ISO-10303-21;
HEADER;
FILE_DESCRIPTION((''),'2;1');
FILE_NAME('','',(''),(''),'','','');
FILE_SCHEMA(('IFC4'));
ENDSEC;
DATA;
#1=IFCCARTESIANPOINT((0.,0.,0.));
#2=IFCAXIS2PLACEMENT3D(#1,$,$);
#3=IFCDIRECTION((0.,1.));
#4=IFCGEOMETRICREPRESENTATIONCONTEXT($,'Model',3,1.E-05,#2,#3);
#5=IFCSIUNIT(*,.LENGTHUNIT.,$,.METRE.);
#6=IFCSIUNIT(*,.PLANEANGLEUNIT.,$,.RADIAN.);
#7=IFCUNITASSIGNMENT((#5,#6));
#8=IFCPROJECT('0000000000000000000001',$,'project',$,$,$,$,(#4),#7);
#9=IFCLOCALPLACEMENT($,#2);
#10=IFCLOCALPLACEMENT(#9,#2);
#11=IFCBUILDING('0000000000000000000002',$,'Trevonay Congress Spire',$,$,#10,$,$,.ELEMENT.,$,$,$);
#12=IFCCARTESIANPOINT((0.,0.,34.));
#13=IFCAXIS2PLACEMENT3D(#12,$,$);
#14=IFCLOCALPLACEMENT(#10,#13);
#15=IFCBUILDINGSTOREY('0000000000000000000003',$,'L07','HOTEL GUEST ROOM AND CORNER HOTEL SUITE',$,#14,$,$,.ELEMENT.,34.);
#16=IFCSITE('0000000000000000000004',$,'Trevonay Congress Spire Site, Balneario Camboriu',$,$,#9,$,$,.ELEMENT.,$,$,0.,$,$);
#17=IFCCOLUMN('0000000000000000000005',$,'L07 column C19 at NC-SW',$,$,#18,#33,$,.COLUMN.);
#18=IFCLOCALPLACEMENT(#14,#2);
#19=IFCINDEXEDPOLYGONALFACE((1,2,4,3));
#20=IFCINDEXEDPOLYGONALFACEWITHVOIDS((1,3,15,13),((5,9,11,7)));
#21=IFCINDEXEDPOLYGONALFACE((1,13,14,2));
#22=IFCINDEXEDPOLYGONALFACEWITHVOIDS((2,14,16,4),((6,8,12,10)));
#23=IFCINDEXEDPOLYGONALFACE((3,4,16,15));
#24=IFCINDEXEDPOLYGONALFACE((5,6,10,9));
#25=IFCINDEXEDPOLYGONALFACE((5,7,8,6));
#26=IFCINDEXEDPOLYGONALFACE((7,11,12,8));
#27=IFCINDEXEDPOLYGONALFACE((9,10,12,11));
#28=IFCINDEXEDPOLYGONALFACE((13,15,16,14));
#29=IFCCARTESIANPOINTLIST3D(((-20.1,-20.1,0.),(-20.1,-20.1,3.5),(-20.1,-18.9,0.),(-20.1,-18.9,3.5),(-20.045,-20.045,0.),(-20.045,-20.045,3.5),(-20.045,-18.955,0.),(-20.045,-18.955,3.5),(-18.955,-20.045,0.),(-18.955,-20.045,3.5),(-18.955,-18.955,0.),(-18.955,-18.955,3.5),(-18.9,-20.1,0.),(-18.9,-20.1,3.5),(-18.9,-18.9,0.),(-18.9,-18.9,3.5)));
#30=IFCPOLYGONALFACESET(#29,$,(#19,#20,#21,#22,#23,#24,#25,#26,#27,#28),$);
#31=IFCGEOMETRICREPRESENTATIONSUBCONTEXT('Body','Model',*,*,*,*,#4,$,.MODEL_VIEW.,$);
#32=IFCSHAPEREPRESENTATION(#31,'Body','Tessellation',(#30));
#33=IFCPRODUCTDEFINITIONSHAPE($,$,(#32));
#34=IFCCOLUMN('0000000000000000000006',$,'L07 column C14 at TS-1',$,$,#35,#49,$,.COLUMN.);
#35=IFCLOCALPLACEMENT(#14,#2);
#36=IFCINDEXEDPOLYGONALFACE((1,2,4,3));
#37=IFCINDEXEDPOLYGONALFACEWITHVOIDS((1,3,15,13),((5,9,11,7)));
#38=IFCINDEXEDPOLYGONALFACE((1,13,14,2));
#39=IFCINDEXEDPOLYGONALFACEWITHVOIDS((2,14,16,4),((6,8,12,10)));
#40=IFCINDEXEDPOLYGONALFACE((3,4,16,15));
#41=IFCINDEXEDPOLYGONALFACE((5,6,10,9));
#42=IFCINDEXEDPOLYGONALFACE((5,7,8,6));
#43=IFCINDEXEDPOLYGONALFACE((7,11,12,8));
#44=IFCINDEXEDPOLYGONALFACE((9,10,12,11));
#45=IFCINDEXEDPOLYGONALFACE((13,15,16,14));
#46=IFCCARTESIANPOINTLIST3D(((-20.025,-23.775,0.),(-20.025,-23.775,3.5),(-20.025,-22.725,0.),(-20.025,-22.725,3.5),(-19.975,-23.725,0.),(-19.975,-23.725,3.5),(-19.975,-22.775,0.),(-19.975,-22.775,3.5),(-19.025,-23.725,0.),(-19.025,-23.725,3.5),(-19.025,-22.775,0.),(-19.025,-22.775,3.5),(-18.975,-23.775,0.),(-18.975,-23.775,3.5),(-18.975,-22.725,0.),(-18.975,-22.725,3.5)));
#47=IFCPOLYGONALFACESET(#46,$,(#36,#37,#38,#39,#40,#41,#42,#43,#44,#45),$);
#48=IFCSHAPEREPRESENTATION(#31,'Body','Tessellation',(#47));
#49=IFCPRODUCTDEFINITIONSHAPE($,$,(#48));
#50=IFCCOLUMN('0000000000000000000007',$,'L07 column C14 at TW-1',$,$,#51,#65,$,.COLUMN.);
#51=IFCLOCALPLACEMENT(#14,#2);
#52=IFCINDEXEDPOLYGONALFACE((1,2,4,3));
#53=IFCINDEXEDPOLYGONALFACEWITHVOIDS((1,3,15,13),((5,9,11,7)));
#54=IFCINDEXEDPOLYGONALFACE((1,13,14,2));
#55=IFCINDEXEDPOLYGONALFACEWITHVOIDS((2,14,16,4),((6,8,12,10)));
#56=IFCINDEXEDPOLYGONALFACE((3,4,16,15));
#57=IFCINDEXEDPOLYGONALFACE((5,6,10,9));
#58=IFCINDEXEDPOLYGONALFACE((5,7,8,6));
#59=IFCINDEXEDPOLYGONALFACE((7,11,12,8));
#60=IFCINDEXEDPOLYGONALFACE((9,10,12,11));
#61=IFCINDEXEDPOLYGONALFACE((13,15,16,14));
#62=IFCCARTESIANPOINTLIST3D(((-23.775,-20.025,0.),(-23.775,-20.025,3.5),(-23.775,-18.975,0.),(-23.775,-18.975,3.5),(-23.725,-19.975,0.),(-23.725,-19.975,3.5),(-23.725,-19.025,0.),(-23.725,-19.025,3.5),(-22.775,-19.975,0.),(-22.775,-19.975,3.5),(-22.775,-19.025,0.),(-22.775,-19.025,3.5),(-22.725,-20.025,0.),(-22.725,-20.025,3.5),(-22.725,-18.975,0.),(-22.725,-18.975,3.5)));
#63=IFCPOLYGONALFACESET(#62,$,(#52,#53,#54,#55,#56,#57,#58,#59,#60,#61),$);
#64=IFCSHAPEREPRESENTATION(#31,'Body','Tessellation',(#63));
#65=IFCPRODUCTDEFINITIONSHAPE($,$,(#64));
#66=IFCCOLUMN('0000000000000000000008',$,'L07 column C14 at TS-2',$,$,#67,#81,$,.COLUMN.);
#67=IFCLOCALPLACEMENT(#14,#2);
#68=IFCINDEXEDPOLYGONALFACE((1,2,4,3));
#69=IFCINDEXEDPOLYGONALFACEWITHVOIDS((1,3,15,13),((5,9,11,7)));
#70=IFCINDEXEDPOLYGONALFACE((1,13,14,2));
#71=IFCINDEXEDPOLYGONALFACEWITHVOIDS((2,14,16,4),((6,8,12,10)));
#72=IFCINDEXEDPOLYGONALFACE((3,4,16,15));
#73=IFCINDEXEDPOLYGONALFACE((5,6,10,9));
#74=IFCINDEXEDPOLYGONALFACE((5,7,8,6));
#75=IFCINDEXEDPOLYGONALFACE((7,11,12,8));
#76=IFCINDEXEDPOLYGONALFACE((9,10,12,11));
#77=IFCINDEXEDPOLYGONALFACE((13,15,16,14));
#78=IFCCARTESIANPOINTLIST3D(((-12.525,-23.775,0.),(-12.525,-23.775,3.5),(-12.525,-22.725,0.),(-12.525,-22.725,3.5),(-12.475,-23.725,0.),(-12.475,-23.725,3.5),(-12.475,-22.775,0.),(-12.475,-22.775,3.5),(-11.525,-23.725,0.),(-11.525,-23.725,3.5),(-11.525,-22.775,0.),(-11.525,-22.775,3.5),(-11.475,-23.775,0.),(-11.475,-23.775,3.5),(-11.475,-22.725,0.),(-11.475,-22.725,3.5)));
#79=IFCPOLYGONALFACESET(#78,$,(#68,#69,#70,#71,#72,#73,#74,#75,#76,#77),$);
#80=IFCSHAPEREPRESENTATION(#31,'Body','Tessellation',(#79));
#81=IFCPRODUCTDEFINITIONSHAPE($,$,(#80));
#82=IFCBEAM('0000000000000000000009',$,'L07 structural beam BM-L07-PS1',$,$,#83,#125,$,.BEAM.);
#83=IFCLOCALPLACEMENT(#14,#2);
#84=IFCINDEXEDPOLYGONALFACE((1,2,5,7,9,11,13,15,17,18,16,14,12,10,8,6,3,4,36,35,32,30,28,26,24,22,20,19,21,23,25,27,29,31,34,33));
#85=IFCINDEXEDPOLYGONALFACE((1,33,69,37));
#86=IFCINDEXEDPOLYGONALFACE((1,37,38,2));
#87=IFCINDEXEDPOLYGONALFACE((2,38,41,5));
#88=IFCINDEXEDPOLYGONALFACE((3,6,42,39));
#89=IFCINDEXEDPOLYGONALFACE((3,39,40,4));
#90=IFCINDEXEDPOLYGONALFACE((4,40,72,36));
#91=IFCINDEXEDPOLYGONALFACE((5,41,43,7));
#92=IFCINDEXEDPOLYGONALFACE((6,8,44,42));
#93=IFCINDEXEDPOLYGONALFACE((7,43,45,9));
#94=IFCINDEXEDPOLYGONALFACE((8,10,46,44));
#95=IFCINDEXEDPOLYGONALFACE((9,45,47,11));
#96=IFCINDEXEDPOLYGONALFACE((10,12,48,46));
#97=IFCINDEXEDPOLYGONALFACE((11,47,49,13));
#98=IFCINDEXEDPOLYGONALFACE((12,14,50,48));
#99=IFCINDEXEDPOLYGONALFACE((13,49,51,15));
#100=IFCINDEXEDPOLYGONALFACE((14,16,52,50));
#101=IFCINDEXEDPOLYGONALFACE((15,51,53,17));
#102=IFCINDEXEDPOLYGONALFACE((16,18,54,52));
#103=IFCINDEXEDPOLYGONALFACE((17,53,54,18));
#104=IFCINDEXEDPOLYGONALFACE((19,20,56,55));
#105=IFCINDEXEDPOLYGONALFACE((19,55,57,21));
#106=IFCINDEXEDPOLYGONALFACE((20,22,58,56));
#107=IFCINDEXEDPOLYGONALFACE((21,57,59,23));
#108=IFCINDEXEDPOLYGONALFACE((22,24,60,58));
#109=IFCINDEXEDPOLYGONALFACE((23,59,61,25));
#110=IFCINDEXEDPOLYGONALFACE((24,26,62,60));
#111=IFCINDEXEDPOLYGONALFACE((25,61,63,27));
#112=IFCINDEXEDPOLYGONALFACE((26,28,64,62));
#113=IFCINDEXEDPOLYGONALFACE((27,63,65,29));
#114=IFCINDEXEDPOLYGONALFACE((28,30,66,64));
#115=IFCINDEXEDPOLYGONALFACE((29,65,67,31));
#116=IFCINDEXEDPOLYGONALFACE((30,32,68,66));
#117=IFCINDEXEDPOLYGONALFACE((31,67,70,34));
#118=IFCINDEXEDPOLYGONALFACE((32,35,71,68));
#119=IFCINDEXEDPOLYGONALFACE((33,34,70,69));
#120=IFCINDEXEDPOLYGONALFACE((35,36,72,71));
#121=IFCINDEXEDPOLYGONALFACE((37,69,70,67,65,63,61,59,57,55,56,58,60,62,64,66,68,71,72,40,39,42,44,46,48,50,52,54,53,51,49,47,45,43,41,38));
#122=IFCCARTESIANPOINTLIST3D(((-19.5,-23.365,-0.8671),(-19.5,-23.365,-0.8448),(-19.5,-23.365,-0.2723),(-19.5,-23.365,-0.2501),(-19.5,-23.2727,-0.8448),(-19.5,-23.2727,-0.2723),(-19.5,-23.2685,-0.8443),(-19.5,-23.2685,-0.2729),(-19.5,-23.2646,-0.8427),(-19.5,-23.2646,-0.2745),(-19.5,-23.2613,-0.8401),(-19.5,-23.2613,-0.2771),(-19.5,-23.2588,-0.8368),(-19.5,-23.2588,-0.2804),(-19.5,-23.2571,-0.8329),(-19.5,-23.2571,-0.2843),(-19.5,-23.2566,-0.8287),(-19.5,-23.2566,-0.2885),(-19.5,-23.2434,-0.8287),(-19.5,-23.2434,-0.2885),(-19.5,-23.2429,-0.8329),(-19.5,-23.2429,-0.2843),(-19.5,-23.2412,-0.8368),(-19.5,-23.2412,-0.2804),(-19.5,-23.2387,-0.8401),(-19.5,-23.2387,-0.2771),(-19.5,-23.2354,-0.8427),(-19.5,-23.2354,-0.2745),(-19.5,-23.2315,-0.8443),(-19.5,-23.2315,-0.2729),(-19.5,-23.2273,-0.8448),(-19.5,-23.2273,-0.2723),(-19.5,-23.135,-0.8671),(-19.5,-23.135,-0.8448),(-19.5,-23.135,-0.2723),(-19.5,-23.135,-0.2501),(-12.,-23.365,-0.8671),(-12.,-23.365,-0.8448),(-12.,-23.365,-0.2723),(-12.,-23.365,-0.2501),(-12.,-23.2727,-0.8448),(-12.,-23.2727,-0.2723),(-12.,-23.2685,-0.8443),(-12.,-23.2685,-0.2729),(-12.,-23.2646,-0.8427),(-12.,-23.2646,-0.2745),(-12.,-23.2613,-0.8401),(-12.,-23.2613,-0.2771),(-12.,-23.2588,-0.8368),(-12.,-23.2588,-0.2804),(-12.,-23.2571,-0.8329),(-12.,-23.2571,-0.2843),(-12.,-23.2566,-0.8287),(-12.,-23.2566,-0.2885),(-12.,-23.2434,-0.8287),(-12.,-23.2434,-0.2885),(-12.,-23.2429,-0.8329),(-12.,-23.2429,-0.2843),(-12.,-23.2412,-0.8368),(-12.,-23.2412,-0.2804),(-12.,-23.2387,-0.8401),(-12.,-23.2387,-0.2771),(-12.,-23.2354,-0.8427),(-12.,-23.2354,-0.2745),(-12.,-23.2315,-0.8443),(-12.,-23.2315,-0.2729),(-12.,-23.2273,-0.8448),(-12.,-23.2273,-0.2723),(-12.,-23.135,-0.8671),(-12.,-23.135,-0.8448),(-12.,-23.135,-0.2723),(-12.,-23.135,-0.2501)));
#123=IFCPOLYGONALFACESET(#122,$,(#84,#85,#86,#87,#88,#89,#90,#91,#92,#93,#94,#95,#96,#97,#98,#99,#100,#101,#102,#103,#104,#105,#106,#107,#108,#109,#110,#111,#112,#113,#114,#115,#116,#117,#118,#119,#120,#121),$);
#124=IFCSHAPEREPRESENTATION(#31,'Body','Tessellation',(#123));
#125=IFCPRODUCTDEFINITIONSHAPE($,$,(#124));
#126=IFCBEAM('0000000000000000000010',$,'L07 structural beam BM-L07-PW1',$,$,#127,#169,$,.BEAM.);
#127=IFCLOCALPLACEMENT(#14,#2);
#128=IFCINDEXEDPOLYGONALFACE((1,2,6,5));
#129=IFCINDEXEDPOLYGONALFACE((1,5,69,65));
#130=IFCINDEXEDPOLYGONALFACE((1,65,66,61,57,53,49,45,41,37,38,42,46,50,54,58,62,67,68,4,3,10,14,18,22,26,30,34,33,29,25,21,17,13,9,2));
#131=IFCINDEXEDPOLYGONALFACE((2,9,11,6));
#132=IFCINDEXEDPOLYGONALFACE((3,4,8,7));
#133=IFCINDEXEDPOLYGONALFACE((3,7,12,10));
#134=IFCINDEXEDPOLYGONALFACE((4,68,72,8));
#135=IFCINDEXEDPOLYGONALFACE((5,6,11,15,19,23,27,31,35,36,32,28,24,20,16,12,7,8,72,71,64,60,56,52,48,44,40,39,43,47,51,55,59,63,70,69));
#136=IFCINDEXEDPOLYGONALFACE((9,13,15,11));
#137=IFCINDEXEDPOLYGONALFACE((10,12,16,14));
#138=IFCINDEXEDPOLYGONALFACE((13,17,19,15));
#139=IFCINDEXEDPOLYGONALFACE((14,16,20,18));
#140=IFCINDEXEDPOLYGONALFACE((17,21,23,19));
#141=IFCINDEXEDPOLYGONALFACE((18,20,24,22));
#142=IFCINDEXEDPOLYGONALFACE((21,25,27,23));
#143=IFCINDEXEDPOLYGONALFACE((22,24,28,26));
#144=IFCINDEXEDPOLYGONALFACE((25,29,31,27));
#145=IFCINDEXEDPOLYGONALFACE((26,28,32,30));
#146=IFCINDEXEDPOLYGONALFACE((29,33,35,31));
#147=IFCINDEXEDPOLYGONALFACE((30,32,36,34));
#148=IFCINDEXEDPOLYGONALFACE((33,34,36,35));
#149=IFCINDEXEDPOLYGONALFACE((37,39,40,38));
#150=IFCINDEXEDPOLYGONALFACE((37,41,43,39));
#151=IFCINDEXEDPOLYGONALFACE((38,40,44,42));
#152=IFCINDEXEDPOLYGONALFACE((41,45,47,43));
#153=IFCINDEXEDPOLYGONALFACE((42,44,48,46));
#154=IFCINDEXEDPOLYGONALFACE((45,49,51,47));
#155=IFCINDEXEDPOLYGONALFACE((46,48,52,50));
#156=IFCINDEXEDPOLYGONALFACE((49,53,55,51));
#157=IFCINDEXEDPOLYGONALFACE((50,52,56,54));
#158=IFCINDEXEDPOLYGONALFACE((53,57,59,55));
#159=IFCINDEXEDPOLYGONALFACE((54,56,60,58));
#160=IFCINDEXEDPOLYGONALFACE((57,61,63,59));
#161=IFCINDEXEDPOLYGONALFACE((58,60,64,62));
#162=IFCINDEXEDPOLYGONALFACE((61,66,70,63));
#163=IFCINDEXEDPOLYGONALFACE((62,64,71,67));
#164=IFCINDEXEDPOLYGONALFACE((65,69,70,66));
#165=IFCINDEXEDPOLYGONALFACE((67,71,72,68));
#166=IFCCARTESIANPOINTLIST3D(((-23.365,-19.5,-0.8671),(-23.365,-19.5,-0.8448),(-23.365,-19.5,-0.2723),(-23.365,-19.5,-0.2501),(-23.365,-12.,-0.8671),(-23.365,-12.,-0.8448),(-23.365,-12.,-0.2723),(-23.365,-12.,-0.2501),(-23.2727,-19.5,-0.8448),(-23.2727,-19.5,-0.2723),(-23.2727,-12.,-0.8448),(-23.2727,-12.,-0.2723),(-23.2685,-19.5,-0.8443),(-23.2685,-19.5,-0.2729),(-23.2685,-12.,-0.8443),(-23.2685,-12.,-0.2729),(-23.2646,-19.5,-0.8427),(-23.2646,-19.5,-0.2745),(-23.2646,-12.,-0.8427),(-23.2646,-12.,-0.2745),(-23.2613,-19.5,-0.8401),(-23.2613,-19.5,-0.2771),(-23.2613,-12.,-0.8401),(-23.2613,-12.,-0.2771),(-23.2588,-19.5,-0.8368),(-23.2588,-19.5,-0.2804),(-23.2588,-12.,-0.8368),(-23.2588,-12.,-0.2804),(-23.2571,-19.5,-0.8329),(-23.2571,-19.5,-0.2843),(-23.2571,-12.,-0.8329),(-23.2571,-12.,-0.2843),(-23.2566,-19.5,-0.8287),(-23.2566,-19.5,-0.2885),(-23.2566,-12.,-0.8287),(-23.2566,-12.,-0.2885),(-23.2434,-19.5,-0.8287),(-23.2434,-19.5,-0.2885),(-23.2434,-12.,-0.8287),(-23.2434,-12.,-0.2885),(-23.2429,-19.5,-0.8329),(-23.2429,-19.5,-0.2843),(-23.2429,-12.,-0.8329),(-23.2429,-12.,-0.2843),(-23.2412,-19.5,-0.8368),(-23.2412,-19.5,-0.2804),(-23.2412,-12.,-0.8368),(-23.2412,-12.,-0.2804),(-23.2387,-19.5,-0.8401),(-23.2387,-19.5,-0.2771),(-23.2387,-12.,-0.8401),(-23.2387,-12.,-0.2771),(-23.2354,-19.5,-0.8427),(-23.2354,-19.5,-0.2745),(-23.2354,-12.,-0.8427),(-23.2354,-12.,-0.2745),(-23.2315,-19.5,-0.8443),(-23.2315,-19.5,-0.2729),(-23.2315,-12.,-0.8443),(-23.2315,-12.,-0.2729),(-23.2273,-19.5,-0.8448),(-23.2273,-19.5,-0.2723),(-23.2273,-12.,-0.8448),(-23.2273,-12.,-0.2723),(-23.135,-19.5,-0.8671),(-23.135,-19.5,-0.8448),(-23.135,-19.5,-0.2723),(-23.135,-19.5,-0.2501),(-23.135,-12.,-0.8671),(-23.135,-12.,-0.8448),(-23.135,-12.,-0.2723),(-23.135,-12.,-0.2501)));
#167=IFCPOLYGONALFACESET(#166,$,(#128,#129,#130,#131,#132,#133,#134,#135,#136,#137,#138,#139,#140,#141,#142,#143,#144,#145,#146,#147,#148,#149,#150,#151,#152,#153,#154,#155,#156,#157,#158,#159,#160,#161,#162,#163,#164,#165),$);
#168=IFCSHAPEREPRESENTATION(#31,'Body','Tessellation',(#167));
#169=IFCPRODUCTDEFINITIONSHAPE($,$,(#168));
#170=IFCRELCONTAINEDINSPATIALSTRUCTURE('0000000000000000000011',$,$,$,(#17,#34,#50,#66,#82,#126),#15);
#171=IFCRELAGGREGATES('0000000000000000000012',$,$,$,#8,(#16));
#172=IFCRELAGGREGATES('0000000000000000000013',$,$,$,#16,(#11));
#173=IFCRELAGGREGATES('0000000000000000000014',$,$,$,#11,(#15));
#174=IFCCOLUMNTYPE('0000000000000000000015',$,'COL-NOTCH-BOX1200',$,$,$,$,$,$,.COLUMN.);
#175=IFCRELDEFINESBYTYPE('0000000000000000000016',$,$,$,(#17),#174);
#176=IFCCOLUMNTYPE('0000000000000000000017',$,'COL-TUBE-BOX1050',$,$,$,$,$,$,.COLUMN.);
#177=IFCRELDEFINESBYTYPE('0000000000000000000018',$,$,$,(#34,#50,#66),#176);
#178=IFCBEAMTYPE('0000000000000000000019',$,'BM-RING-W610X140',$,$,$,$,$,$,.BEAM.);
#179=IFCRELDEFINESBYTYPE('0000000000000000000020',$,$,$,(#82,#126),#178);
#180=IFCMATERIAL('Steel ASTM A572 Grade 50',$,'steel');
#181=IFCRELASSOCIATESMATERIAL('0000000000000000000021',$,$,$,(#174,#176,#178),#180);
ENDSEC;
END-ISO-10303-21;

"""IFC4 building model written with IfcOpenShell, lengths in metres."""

from ifc_helpers import new_model, si_unit, direction, frame, origin, origin_2d, place, context, subcontext, project, spatial, hollow_rectangle, i_section, extrude, material, material_profile, profile_set, type_object, element, save


model = new_model("IFC4")

# Units and contexts
model_context = context("Model", 3, precision=1e-05, world=origin(), true_north=direction((0.0, 1.0)))
body_context = subcontext(model_context, "Body", "Model", "MODEL_VIEW")
ifc_project = project(units=[si_unit("LENGTHUNIT", "METRE"), si_unit("PLANEANGLEUNIT", "RADIAN")], contexts=[model_context])

# Site, building, storey
site_placement = place(None, origin())
site = spatial("IfcSite", under=ifc_project, at=site_placement, Name="Trevonay Congress Spire Site, Balneario Camboriu", CompositionType="ELEMENT", RefElevation=0.0)
building_placement = place(site_placement, origin())
building = spatial("IfcBuilding", under=site, at=building_placement, Name="Trevonay Congress Spire", CompositionType="ELEMENT")
storey_placement = place(building_placement, frame((0.0, 0.0, 34.0)))
storey = spatial("IfcBuildingStorey", under=building, at=storey_placement, Name="L07", Description="HOTEL GUEST ROOM AND CORNER HOTEL SUITE", CompositionType="ELEMENT", Elevation=34.0)

# Columns
ifc_material_1 = material(Name="Steel ASTM A572 Grade 50", Category="steel")
ifc_material_profile_1 = material_profile(ifc_material_1, hollow_rectangle(XDim=1.2, YDim=1.2, WallThickness=0.0549, at=origin_2d()), Name="BOX 1200x1200x55")
ifc_profile_set_1 = profile_set([ifc_material_profile_1], Name="Steel ASTM A572 Grade 50")
column_type_1 = type_object("IfcColumnType", Name="COL-NOTCH-BOX1200", PredefinedType="COLUMN", material=ifc_profile_set_1)
column_placement = place(storey_placement, frame((-19.5, -19.5, 0.0), z_axis=(0.0, 0.0, 1.0), x_axis=(1.0, 0.0, 0.0)))
element("IfcColumn", 1, at=column_placement, inside=storey, type_object=column_type_1, Name="L07 column C19 at NC-SW", PredefinedType="COLUMN", context=body_context, shape_type="SweptSolid", body=[
    extrude(hollow_rectangle(XDim=1.2, YDim=1.2, WallThickness=0.0549, at=origin_2d()), origin(), (0.0, 0.0, 1.0), 3.5),
])
ifc_material_profile_2 = material_profile(ifc_material_1, hollow_rectangle(XDim=1.05, YDim=1.05, WallThickness=0.05, at=origin_2d()), Name="BOX 1050x1050x50")
ifc_profile_set_2 = profile_set([ifc_material_profile_2], Name="Steel ASTM A572 Grade 50")
column_type_2 = type_object("IfcColumnType", Name="COL-TUBE-BOX1050", PredefinedType="COLUMN", material=ifc_profile_set_2)
for number, where, z_axis, x_axis, name in (
    (2, (-19.5, -23.25, 0.0), (0.0, 0.0, 1.0), (1.0, 0.0, 0.0), "L07 column C14 at TS-1"),
    (3, (-23.25, -19.5, 0.0), (0.0, 0.0, 1.0), (1.0, 0.0, 0.0), "L07 column C14 at TW-1"),
    (4, (-12.0, -23.25, 0.0), (0.0, 0.0, 1.0), (1.0, 0.0, 0.0), "L07 column C14 at TS-2"),
):
    element("IfcColumn", number, at=place(storey_placement, frame(where, z_axis=z_axis, x_axis=x_axis)), inside=storey, type_object=column_type_2, Name=name, PredefinedType="COLUMN", context=body_context, shape_type="SweptSolid", body=[
        extrude(hollow_rectangle(XDim=1.05, YDim=1.05, WallThickness=0.05, at=origin_2d()), origin(), (0.0, 0.0, 1.0), 3.5),
    ])

# Beams
ifc_material_profile_3 = material_profile(ifc_material_1, i_section(OverallWidth=0.23, OverallDepth=0.6169, WebThickness=0.0132, FlangeThickness=0.0222, FilletRadius=0.0161, at=origin_2d()), Name="W610x140")
ifc_profile_set_3 = profile_set([ifc_material_profile_3], Name="Steel ASTM A572 Grade 50")
beam_type_1 = type_object("IfcBeamType", Name="BM-RING-W610X140", PredefinedType="BEAM", material=ifc_profile_set_3)
for number, where, z_axis, x_axis, name in (
    (5, (-19.5, -23.25, -0.5586), (1.0, 0.0, 0.0), (0.0, 1.0, 0.0), "L07 structural beam BM-L07-PS1"),
    (6, (-23.25, -19.5, -0.5586), (0.0, 1.0, 0.0), (-1.0, 0.0, 0.0), "L07 structural beam BM-L07-PW1"),
):
    element("IfcBeam", number, at=place(storey_placement, frame(where, z_axis=z_axis, x_axis=x_axis)), inside=storey, type_object=beam_type_1, Name=name, PredefinedType="BEAM", context=body_context, shape_type="SweptSolid", body=[
        extrude(i_section(OverallWidth=0.23, OverallDepth=0.6169, WebThickness=0.0132, FlangeThickness=0.0222, FilletRadius=0.0161, at=origin_2d()), origin(), (0.0, 0.0, 1.0), 7.5),
    ])

save(model, "model.ifc")
